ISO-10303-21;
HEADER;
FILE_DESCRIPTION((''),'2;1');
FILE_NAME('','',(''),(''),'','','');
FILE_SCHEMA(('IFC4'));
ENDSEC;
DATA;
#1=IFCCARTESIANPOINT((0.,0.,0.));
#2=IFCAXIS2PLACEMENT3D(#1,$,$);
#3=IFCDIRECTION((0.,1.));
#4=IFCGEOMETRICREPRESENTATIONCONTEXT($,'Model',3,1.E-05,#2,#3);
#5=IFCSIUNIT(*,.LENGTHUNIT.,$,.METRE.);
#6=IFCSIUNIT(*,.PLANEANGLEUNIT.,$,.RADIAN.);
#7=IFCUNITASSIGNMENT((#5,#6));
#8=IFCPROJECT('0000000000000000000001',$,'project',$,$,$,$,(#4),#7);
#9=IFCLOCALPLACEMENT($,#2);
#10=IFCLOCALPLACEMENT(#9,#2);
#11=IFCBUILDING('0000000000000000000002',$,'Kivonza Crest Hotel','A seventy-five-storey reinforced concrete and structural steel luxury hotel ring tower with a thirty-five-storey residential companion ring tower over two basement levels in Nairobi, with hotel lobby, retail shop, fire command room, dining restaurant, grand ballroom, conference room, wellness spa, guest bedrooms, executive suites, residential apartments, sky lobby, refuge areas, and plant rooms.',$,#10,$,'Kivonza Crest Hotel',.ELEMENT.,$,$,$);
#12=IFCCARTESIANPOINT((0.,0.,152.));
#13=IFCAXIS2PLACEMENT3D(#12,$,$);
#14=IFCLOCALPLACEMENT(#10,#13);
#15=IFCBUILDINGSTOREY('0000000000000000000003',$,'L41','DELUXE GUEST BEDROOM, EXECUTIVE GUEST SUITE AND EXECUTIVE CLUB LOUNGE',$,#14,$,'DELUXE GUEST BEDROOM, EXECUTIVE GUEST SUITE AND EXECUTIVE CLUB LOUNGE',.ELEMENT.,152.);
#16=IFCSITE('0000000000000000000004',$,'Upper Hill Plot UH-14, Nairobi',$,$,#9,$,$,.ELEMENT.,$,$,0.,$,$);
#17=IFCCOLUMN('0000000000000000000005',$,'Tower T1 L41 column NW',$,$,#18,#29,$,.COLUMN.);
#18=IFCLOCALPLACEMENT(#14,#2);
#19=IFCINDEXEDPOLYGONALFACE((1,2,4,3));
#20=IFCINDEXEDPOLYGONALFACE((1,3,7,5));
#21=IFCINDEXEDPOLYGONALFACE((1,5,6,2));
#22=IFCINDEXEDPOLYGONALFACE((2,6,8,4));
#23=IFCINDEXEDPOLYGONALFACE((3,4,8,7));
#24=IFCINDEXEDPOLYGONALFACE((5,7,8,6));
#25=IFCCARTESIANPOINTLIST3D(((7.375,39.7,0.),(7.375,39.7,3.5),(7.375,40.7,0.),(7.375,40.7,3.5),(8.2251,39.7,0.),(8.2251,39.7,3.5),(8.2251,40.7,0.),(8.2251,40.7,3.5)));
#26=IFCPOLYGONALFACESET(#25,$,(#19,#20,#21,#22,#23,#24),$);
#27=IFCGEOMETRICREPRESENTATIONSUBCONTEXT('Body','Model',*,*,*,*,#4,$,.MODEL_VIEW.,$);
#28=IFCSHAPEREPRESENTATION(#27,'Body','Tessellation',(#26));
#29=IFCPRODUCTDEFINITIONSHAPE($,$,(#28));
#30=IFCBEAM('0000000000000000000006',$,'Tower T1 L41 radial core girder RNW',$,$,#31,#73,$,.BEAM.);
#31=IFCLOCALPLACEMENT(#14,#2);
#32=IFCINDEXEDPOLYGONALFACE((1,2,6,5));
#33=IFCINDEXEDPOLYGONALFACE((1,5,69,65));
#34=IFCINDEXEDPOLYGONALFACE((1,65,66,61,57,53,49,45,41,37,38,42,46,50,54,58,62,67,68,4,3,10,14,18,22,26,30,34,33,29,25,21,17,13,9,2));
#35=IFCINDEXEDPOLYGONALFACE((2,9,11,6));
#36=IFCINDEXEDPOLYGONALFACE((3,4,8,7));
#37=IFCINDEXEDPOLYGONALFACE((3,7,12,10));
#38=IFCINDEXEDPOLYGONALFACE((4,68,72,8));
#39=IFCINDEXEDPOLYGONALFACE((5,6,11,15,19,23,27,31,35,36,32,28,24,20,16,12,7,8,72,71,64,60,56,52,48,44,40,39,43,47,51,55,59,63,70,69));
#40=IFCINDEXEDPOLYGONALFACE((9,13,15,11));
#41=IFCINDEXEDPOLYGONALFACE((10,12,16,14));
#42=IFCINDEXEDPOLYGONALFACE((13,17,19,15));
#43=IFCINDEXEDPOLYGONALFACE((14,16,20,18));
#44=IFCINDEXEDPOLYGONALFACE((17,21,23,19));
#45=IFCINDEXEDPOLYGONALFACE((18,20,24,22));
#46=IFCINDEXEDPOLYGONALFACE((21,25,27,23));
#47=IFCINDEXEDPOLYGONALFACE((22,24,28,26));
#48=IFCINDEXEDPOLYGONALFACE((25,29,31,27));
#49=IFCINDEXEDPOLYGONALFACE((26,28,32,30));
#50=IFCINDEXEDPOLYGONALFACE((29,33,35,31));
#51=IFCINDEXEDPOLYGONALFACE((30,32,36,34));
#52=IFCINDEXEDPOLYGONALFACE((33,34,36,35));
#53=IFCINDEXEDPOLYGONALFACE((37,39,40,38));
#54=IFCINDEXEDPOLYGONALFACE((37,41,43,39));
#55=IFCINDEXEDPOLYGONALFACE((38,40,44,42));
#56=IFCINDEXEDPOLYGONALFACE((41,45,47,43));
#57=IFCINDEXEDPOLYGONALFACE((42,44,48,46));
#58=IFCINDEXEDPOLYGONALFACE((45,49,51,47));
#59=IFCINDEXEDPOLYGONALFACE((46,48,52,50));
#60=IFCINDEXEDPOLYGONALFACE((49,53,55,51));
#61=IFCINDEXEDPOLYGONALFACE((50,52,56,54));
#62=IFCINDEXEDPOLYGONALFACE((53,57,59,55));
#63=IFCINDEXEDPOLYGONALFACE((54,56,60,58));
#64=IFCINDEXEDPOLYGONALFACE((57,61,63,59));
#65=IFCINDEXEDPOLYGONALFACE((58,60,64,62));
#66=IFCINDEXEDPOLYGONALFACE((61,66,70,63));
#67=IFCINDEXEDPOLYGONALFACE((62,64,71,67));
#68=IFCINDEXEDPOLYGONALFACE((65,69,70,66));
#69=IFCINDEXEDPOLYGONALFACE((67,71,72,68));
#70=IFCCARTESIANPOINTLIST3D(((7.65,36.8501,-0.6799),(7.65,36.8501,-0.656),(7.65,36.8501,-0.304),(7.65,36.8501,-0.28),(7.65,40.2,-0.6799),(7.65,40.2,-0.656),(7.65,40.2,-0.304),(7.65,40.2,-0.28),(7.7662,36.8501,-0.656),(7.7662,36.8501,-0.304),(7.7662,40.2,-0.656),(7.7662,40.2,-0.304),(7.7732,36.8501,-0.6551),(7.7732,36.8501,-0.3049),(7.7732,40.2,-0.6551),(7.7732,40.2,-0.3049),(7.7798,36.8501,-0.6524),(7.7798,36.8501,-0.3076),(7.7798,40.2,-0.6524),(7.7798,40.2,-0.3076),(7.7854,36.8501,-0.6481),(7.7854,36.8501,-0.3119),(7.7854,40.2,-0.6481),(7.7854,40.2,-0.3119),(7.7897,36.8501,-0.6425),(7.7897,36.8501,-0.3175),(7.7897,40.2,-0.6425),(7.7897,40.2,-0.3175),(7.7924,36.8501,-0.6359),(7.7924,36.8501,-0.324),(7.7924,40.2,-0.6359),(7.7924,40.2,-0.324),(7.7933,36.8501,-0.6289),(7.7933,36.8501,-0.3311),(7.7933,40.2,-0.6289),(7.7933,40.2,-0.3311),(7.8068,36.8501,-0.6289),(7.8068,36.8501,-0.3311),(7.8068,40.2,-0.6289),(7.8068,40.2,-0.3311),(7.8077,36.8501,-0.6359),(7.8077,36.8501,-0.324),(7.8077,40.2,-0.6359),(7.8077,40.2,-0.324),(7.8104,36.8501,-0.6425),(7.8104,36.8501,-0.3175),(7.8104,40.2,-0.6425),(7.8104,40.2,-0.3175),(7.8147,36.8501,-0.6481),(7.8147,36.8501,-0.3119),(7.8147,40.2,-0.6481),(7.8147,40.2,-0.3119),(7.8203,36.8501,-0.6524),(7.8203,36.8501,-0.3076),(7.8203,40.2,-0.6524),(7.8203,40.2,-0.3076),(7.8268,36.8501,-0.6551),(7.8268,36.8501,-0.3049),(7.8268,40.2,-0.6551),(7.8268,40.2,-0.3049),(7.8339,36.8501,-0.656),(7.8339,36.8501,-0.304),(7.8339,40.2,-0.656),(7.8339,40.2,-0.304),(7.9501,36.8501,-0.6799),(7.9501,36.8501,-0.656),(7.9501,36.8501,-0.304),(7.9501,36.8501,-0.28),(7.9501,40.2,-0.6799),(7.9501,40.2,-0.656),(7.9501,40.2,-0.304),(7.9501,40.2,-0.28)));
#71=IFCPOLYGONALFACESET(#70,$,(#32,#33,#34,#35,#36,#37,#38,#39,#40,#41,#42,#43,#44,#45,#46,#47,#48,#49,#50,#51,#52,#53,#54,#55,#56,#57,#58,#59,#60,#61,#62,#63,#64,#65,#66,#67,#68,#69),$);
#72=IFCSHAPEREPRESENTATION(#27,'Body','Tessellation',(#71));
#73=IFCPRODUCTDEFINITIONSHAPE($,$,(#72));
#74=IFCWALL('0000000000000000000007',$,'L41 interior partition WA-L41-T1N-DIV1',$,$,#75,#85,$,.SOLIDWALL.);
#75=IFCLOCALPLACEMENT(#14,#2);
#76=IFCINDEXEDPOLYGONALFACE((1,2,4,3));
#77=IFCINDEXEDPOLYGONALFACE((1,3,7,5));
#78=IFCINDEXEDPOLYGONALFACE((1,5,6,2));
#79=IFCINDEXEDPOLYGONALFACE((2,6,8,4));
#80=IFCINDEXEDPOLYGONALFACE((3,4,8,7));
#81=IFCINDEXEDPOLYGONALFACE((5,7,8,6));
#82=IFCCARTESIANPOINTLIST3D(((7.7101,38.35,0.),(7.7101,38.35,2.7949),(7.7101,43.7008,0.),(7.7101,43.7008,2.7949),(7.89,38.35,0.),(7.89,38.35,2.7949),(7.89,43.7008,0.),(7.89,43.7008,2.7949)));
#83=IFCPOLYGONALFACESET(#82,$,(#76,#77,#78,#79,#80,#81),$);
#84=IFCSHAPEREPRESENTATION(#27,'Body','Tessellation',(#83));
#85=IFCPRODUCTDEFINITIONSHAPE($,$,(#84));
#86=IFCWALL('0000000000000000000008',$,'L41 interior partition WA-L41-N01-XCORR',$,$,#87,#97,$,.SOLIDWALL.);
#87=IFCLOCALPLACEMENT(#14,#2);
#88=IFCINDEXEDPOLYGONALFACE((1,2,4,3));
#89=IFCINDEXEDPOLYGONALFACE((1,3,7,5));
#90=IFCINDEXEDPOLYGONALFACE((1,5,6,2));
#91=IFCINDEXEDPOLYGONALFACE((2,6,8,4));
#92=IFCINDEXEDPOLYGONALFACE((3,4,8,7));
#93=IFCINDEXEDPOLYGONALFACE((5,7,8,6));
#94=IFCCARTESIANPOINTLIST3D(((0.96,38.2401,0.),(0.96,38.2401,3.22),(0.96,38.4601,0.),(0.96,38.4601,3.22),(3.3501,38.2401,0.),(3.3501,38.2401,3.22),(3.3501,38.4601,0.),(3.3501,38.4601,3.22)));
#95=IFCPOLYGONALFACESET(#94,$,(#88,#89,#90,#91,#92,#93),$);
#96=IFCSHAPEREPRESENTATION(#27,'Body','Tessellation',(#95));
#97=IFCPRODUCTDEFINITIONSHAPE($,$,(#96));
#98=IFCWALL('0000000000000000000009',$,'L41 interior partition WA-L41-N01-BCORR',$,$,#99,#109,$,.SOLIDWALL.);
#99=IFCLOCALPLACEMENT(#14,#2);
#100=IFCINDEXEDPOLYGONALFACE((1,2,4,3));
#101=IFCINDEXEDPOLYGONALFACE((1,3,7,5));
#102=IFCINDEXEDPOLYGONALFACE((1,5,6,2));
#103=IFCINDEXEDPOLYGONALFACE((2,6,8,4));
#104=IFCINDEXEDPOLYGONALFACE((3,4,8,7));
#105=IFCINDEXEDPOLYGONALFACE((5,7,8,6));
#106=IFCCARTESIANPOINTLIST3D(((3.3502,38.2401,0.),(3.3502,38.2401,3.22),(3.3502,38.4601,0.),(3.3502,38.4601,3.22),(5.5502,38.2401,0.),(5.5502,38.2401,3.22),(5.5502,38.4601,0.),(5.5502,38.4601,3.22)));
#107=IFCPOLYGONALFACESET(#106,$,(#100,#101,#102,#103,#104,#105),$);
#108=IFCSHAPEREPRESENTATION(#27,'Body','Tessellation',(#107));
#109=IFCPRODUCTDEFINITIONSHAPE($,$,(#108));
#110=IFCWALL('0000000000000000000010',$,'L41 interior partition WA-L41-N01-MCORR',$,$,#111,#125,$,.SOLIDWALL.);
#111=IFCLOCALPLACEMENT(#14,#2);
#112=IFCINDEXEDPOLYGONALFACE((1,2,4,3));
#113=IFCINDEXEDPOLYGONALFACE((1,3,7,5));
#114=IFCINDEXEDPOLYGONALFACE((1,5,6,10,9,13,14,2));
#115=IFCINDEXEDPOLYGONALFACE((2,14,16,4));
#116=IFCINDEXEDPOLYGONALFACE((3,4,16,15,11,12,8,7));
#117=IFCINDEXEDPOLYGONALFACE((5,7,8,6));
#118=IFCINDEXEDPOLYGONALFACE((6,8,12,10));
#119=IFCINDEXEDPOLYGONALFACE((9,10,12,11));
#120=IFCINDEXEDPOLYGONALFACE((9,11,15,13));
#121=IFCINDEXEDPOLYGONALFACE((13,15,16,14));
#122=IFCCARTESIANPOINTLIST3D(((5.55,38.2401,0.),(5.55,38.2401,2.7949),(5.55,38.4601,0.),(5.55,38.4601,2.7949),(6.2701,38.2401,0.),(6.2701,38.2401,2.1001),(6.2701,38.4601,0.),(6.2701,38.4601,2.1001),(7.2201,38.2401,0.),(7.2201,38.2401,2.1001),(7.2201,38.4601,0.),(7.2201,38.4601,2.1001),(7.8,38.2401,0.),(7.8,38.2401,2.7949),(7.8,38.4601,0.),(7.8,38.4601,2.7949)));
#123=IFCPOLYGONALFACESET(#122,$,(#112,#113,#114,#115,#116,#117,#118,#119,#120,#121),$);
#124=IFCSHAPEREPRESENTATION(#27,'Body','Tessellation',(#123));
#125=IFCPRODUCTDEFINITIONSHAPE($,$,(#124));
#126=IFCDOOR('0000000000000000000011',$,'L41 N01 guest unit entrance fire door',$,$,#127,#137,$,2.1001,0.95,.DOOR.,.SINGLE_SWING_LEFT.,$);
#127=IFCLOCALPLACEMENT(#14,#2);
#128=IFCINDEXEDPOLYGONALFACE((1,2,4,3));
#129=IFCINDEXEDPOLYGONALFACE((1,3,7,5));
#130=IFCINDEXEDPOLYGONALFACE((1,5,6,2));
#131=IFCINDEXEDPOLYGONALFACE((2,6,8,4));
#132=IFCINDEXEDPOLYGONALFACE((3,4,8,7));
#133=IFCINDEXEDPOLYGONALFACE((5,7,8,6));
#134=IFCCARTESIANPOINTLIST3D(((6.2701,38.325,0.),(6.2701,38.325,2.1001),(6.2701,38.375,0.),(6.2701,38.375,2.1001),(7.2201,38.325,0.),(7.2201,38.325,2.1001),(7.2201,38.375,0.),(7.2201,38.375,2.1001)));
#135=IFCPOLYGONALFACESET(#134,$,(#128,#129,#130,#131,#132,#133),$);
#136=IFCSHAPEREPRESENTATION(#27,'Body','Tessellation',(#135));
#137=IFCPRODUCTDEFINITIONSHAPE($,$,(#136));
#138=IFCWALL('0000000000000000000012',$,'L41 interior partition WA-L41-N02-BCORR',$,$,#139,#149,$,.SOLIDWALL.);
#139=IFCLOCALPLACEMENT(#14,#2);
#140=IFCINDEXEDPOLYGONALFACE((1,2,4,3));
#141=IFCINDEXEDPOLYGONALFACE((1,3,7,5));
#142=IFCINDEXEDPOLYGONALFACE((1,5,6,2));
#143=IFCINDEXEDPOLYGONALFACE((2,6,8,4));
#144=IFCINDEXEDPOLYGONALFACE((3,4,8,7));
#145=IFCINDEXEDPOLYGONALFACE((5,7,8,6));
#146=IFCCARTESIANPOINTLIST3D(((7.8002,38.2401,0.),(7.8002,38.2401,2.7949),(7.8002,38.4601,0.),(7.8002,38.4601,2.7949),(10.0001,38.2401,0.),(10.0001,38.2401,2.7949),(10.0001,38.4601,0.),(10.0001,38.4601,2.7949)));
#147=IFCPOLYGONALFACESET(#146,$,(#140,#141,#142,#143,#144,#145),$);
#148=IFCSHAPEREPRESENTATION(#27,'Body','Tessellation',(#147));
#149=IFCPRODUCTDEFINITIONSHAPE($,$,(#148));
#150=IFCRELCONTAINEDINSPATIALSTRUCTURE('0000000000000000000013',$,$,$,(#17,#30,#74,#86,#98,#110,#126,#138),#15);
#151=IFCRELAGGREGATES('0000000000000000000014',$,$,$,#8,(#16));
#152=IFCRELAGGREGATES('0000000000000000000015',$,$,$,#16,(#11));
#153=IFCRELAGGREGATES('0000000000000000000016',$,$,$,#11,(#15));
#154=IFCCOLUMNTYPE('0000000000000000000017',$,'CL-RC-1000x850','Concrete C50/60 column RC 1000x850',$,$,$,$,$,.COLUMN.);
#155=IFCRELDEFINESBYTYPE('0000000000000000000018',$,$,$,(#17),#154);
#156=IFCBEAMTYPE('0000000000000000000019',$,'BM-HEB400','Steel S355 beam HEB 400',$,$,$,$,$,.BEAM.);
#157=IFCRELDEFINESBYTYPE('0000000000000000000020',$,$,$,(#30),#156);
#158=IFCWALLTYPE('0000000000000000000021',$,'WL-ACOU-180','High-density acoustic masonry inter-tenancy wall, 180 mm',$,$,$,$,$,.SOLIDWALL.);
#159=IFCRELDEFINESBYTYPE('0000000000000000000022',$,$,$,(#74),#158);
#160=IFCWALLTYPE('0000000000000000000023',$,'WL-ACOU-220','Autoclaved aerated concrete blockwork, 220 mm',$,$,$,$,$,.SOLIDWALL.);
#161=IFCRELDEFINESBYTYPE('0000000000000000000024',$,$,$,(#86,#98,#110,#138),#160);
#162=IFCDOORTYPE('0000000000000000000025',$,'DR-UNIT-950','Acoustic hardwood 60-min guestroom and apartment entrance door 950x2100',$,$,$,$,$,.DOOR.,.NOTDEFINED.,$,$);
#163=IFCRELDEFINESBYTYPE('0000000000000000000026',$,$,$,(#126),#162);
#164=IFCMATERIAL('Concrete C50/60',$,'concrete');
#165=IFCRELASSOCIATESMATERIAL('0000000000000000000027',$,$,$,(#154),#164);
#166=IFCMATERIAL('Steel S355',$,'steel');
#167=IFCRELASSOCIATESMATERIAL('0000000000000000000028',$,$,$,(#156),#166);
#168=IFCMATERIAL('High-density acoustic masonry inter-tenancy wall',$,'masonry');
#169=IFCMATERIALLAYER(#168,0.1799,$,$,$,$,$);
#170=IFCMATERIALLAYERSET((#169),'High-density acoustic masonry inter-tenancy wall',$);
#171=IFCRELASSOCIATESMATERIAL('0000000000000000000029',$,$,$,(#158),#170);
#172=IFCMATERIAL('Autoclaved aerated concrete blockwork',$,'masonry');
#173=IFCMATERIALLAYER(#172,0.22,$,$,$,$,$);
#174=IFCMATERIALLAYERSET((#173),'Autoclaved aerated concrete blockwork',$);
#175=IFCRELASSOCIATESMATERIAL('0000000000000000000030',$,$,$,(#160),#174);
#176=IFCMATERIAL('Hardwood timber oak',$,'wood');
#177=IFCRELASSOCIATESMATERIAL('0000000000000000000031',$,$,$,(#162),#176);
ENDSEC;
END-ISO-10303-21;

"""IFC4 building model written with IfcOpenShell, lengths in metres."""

from ifc_helpers import new_model, si_unit, direction, frame, frame_2d, origin, origin_2d, place, context, subcontext, project, spatial, rectangle, i_section, extrude, material, layer, layer_set, material_profile, profile_set, type_object, element, fill, save


model = new_model("IFC4")

# Units and contexts
model_context = context("Model", 3, precision=1e-05, world=origin(), true_north=direction((0.0, 1.0)))
body_context = subcontext(model_context, "Body", "Model", "MODEL_VIEW")
ifc_project = project(units=[si_unit("LENGTHUNIT", "METRE"), si_unit("PLANEANGLEUNIT", "RADIAN")], contexts=[model_context])

# Site, building, storey
site_placement = place(None, origin())
site = spatial("IfcSite", under=ifc_project, at=site_placement, Name="Upper Hill Plot UH-14, Nairobi", CompositionType="ELEMENT", RefElevation=0.0)
building_placement = place(site_placement, origin())
building = spatial("IfcBuilding", under=site, at=building_placement, Name="Kivonza Crest Hotel", Description="A seventy-five-storey reinforced concrete and structural steel luxury hotel ring tower with a thirty-five-storey residential companion ring tower over two basement levels in Nairobi, with hotel lobby, retail shop, fire command room, dining restaurant, grand ballroom, conference room, wellness spa, guest bedrooms, executive suites, residential apartments, sky lobby, refuge areas, and plant rooms.", LongName="Kivonza Crest Hotel", CompositionType="ELEMENT")
storey_placement = place(building_placement, frame((0.0, 0.0, 152.0)))
storey = spatial("IfcBuildingStorey", under=building, at=storey_placement, Name="L41", Description="DELUXE GUEST BEDROOM, EXECUTIVE GUEST SUITE AND EXECUTIVE CLUB LOUNGE", LongName="DELUXE GUEST BEDROOM, EXECUTIVE GUEST SUITE AND EXECUTIVE CLUB LOUNGE", CompositionType="ELEMENT", Elevation=152.0)

# Column
ifc_material_1 = material(Name="Concrete C50/60", Category="concrete")
ifc_material_profile_1 = material_profile(ifc_material_1, rectangle(XDim=0.8501, YDim=1.0, at=origin_2d()), Name="RC 1000x850")
ifc_profile_set_1 = profile_set([ifc_material_profile_1], Name="Concrete C50/60")
column_type = type_object("IfcColumnType", Name="CL-RC-1000x850", Description="Concrete C50/60 column RC 1000x850", PredefinedType="COLUMN", material=ifc_profile_set_1)
column_placement = place(storey_placement, frame((7.8, 40.2, 0.0), z_axis=(0.0, 0.0, 1.0), x_axis=(1.0, 0.0, 0.0)))
element("IfcColumn", 1, at=column_placement, inside=storey, type_object=column_type, Name="Tower T1 L41 column NW", PredefinedType="COLUMN", context=body_context, shape_type="SweptSolid", body=[
    extrude(rectangle(XDim=0.8501, YDim=1.0, at=origin_2d()), origin(), (0.0, 0.0, 1.0), 3.5),
])

# Beam
ifc_material_2 = material(Name="Steel S355", Category="steel")
ifc_material_profile_2 = material_profile(ifc_material_2, i_section(OverallWidth=0.3, OverallDepth=0.3999, WebThickness=0.0134, FlangeThickness=0.0239, FilletRadius=0.0271, at=origin_2d()), Name="HEB 400")
ifc_profile_set_2 = profile_set([ifc_material_profile_2], Name="Steel S355")
beam_type = type_object("IfcBeamType", Name="BM-HEB400", Description="Steel S355 beam HEB 400", PredefinedType="BEAM", material=ifc_profile_set_2)
beam_placement = place(storey_placement, frame((7.8, 40.2, -0.48), z_axis=(0.0, -1.0, 0.0), x_axis=(1.0, 0.0, 0.0)))
element("IfcBeam", 2, at=beam_placement, inside=storey, type_object=beam_type, Name="Tower T1 L41 radial core girder RNW", PredefinedType="BEAM", context=body_context, shape_type="SweptSolid", body=[
    extrude(i_section(OverallWidth=0.3, OverallDepth=0.3999, WebThickness=0.0134, FlangeThickness=0.0239, FilletRadius=0.0271, at=origin_2d()), origin(), (0.0, 0.0, 1.0), 3.3499),
])

# Walls
ifc_material_3 = material(Name="High-density acoustic masonry inter-tenancy wall", Category="masonry")
ifc_layer_1 = layer(ifc_material_3, 0.1799)
ifc_layer_set_1 = layer_set([ifc_layer_1], Name="High-density acoustic masonry inter-tenancy wall")
wall_type_1 = type_object("IfcWallType", Name="WL-ACOU-180", Description="High-density acoustic masonry inter-tenancy wall, 180 mm", PredefinedType="SOLIDWALL", material=ifc_layer_set_1)
wall_1_placement = place(storey_placement, frame((7.8, 38.3501, 0.0), z_axis=(0.0, 0.0, 1.0), x_axis=(0.0, 1.0, 0.0)))
element("IfcWall", 3, at=wall_1_placement, inside=storey, type_object=wall_type_1, Name="L41 interior partition WA-L41-T1N-DIV1", PredefinedType="SOLIDWALL", context=body_context, shape_type="SweptSolid", body=[
    extrude(rectangle(XDim=5.3508, YDim=0.1799, at=frame_2d((2.6753, 0.0))), origin(), (0.0, 0.0, 1.0), 2.7949),
])
ifc_material_4 = material(Name="Autoclaved aerated concrete blockwork", Category="masonry")
ifc_layer_2 = layer(ifc_material_4, 0.22)
ifc_layer_set_2 = layer_set([ifc_layer_2], Name="Autoclaved aerated concrete blockwork")
wall_type_2 = type_object("IfcWallType", Name="WL-ACOU-220", Description="Autoclaved aerated concrete blockwork, 220 mm", PredefinedType="SOLIDWALL", material=ifc_layer_set_2)
wall_2_placement = place(storey_placement, frame((0.96, 38.3501, 0.0), z_axis=(0.0, 0.0, 1.0), x_axis=(1.0, 0.0, 0.0)))
element("IfcWall", 4, at=wall_2_placement, inside=storey, type_object=wall_type_2, Name="L41 interior partition WA-L41-N01-XCORR", PredefinedType="SOLIDWALL", context=body_context, shape_type="SweptSolid", body=[
    extrude(rectangle(XDim=2.3901, YDim=0.22, at=frame_2d((1.1951, 0.0))), origin(), (0.0, 0.0, 1.0), 3.22),
])
wall_3_placement = place(storey_placement, frame((3.3501, 38.3501, 0.0), z_axis=(0.0, 0.0, 1.0), x_axis=(1.0, 0.0, 0.0)))
element("IfcWall", 5, at=wall_3_placement, inside=storey, type_object=wall_type_2, Name="L41 interior partition WA-L41-N01-BCORR", PredefinedType="SOLIDWALL", context=body_context, shape_type="SweptSolid", body=[
    extrude(rectangle(XDim=2.2, YDim=0.22, at=frame_2d((1.1001, 0.0))), origin(), (0.0, 0.0, 1.0), 3.22),
])

# Wall, opening, door
wall_4_placement = place(storey_placement, frame((5.55, 38.3501, 0.0), z_axis=(0.0, 0.0, 1.0), x_axis=(1.0, 0.0, 0.0)))
wall_4 = element("IfcWall", 6, at=wall_4_placement, inside=storey, type_object=wall_type_2, Name="L41 interior partition WA-L41-N01-MCORR", PredefinedType="SOLIDWALL", context=body_context, shape_type="SweptSolid", body=[
    extrude(rectangle(XDim=2.25, YDim=0.22, at=frame_2d((1.125, 0.0))), origin(), (0.0, 0.0, 1.0), 2.7949),
])
opening_1_placement = place(wall_4_placement, frame((0.72, 0.0, 0.0)))
opening_1 = element("IfcOpeningElement", 7, at=opening_1_placement, cuts=wall_4, PredefinedType="OPENING", context=body_context, shape_type="SweptSolid", body=[
    extrude(rectangle(XDim=0.95, YDim=2.1001, at=frame_2d((0.4751, 1.05))), frame((0.0, 0.1201, 0.0), z_axis=(0.0, -1.0, 0.0), x_axis=(1.0, 0.0, 0.0)), (0.0, 0.0, 1.0), 0.24),
])
ifc_material_5 = material(Name="Hardwood timber oak", Category="wood")
door_type_1 = type_object("IfcDoorType", Name="DR-UNIT-950", Description="Acoustic hardwood 60-min guestroom and apartment entrance door 950x2100", OperationType="NOTDEFINED", PredefinedType="DOOR", material=ifc_material_5)
door_1_placement = place(opening_1_placement, origin())
door_1 = element("IfcDoor", 8, at=door_1_placement, inside=storey, type_object=door_type_1, Name="L41 N01 guest unit entrance fire door", OperationType="SINGLE_SWING_LEFT", OverallHeight=2.1001, OverallWidth=0.95, PredefinedType="DOOR", context=body_context, shape_type="SweptSolid", body=[
    extrude(rectangle(XDim=0.95, YDim=2.1001, at=frame_2d((0.4751, 1.05))), frame((0.0, 0.0249, 0.0), z_axis=(0.0, -1.0, 0.0), x_axis=(1.0, 0.0, 0.0)), (0.0, 0.0, 1.0), 0.05),
])
fill(opening_1, door_1)

# Wall
wall_5_placement = place(storey_placement, frame((7.8, 38.3501, 0.0), z_axis=(0.0, 0.0, 1.0), x_axis=(1.0, 0.0, 0.0)))
element("IfcWall", 9, at=wall_5_placement, inside=storey, type_object=wall_type_2, Name="L41 interior partition WA-L41-N02-BCORR", PredefinedType="SOLIDWALL", context=body_context, shape_type="SweptSolid", body=[
    extrude(rectangle(XDim=2.2, YDim=0.22, at=frame_2d((1.1001, 0.0))), origin(), (0.0, 0.0, 1.0), 2.7949),
])

save(model, "model.ifc")
